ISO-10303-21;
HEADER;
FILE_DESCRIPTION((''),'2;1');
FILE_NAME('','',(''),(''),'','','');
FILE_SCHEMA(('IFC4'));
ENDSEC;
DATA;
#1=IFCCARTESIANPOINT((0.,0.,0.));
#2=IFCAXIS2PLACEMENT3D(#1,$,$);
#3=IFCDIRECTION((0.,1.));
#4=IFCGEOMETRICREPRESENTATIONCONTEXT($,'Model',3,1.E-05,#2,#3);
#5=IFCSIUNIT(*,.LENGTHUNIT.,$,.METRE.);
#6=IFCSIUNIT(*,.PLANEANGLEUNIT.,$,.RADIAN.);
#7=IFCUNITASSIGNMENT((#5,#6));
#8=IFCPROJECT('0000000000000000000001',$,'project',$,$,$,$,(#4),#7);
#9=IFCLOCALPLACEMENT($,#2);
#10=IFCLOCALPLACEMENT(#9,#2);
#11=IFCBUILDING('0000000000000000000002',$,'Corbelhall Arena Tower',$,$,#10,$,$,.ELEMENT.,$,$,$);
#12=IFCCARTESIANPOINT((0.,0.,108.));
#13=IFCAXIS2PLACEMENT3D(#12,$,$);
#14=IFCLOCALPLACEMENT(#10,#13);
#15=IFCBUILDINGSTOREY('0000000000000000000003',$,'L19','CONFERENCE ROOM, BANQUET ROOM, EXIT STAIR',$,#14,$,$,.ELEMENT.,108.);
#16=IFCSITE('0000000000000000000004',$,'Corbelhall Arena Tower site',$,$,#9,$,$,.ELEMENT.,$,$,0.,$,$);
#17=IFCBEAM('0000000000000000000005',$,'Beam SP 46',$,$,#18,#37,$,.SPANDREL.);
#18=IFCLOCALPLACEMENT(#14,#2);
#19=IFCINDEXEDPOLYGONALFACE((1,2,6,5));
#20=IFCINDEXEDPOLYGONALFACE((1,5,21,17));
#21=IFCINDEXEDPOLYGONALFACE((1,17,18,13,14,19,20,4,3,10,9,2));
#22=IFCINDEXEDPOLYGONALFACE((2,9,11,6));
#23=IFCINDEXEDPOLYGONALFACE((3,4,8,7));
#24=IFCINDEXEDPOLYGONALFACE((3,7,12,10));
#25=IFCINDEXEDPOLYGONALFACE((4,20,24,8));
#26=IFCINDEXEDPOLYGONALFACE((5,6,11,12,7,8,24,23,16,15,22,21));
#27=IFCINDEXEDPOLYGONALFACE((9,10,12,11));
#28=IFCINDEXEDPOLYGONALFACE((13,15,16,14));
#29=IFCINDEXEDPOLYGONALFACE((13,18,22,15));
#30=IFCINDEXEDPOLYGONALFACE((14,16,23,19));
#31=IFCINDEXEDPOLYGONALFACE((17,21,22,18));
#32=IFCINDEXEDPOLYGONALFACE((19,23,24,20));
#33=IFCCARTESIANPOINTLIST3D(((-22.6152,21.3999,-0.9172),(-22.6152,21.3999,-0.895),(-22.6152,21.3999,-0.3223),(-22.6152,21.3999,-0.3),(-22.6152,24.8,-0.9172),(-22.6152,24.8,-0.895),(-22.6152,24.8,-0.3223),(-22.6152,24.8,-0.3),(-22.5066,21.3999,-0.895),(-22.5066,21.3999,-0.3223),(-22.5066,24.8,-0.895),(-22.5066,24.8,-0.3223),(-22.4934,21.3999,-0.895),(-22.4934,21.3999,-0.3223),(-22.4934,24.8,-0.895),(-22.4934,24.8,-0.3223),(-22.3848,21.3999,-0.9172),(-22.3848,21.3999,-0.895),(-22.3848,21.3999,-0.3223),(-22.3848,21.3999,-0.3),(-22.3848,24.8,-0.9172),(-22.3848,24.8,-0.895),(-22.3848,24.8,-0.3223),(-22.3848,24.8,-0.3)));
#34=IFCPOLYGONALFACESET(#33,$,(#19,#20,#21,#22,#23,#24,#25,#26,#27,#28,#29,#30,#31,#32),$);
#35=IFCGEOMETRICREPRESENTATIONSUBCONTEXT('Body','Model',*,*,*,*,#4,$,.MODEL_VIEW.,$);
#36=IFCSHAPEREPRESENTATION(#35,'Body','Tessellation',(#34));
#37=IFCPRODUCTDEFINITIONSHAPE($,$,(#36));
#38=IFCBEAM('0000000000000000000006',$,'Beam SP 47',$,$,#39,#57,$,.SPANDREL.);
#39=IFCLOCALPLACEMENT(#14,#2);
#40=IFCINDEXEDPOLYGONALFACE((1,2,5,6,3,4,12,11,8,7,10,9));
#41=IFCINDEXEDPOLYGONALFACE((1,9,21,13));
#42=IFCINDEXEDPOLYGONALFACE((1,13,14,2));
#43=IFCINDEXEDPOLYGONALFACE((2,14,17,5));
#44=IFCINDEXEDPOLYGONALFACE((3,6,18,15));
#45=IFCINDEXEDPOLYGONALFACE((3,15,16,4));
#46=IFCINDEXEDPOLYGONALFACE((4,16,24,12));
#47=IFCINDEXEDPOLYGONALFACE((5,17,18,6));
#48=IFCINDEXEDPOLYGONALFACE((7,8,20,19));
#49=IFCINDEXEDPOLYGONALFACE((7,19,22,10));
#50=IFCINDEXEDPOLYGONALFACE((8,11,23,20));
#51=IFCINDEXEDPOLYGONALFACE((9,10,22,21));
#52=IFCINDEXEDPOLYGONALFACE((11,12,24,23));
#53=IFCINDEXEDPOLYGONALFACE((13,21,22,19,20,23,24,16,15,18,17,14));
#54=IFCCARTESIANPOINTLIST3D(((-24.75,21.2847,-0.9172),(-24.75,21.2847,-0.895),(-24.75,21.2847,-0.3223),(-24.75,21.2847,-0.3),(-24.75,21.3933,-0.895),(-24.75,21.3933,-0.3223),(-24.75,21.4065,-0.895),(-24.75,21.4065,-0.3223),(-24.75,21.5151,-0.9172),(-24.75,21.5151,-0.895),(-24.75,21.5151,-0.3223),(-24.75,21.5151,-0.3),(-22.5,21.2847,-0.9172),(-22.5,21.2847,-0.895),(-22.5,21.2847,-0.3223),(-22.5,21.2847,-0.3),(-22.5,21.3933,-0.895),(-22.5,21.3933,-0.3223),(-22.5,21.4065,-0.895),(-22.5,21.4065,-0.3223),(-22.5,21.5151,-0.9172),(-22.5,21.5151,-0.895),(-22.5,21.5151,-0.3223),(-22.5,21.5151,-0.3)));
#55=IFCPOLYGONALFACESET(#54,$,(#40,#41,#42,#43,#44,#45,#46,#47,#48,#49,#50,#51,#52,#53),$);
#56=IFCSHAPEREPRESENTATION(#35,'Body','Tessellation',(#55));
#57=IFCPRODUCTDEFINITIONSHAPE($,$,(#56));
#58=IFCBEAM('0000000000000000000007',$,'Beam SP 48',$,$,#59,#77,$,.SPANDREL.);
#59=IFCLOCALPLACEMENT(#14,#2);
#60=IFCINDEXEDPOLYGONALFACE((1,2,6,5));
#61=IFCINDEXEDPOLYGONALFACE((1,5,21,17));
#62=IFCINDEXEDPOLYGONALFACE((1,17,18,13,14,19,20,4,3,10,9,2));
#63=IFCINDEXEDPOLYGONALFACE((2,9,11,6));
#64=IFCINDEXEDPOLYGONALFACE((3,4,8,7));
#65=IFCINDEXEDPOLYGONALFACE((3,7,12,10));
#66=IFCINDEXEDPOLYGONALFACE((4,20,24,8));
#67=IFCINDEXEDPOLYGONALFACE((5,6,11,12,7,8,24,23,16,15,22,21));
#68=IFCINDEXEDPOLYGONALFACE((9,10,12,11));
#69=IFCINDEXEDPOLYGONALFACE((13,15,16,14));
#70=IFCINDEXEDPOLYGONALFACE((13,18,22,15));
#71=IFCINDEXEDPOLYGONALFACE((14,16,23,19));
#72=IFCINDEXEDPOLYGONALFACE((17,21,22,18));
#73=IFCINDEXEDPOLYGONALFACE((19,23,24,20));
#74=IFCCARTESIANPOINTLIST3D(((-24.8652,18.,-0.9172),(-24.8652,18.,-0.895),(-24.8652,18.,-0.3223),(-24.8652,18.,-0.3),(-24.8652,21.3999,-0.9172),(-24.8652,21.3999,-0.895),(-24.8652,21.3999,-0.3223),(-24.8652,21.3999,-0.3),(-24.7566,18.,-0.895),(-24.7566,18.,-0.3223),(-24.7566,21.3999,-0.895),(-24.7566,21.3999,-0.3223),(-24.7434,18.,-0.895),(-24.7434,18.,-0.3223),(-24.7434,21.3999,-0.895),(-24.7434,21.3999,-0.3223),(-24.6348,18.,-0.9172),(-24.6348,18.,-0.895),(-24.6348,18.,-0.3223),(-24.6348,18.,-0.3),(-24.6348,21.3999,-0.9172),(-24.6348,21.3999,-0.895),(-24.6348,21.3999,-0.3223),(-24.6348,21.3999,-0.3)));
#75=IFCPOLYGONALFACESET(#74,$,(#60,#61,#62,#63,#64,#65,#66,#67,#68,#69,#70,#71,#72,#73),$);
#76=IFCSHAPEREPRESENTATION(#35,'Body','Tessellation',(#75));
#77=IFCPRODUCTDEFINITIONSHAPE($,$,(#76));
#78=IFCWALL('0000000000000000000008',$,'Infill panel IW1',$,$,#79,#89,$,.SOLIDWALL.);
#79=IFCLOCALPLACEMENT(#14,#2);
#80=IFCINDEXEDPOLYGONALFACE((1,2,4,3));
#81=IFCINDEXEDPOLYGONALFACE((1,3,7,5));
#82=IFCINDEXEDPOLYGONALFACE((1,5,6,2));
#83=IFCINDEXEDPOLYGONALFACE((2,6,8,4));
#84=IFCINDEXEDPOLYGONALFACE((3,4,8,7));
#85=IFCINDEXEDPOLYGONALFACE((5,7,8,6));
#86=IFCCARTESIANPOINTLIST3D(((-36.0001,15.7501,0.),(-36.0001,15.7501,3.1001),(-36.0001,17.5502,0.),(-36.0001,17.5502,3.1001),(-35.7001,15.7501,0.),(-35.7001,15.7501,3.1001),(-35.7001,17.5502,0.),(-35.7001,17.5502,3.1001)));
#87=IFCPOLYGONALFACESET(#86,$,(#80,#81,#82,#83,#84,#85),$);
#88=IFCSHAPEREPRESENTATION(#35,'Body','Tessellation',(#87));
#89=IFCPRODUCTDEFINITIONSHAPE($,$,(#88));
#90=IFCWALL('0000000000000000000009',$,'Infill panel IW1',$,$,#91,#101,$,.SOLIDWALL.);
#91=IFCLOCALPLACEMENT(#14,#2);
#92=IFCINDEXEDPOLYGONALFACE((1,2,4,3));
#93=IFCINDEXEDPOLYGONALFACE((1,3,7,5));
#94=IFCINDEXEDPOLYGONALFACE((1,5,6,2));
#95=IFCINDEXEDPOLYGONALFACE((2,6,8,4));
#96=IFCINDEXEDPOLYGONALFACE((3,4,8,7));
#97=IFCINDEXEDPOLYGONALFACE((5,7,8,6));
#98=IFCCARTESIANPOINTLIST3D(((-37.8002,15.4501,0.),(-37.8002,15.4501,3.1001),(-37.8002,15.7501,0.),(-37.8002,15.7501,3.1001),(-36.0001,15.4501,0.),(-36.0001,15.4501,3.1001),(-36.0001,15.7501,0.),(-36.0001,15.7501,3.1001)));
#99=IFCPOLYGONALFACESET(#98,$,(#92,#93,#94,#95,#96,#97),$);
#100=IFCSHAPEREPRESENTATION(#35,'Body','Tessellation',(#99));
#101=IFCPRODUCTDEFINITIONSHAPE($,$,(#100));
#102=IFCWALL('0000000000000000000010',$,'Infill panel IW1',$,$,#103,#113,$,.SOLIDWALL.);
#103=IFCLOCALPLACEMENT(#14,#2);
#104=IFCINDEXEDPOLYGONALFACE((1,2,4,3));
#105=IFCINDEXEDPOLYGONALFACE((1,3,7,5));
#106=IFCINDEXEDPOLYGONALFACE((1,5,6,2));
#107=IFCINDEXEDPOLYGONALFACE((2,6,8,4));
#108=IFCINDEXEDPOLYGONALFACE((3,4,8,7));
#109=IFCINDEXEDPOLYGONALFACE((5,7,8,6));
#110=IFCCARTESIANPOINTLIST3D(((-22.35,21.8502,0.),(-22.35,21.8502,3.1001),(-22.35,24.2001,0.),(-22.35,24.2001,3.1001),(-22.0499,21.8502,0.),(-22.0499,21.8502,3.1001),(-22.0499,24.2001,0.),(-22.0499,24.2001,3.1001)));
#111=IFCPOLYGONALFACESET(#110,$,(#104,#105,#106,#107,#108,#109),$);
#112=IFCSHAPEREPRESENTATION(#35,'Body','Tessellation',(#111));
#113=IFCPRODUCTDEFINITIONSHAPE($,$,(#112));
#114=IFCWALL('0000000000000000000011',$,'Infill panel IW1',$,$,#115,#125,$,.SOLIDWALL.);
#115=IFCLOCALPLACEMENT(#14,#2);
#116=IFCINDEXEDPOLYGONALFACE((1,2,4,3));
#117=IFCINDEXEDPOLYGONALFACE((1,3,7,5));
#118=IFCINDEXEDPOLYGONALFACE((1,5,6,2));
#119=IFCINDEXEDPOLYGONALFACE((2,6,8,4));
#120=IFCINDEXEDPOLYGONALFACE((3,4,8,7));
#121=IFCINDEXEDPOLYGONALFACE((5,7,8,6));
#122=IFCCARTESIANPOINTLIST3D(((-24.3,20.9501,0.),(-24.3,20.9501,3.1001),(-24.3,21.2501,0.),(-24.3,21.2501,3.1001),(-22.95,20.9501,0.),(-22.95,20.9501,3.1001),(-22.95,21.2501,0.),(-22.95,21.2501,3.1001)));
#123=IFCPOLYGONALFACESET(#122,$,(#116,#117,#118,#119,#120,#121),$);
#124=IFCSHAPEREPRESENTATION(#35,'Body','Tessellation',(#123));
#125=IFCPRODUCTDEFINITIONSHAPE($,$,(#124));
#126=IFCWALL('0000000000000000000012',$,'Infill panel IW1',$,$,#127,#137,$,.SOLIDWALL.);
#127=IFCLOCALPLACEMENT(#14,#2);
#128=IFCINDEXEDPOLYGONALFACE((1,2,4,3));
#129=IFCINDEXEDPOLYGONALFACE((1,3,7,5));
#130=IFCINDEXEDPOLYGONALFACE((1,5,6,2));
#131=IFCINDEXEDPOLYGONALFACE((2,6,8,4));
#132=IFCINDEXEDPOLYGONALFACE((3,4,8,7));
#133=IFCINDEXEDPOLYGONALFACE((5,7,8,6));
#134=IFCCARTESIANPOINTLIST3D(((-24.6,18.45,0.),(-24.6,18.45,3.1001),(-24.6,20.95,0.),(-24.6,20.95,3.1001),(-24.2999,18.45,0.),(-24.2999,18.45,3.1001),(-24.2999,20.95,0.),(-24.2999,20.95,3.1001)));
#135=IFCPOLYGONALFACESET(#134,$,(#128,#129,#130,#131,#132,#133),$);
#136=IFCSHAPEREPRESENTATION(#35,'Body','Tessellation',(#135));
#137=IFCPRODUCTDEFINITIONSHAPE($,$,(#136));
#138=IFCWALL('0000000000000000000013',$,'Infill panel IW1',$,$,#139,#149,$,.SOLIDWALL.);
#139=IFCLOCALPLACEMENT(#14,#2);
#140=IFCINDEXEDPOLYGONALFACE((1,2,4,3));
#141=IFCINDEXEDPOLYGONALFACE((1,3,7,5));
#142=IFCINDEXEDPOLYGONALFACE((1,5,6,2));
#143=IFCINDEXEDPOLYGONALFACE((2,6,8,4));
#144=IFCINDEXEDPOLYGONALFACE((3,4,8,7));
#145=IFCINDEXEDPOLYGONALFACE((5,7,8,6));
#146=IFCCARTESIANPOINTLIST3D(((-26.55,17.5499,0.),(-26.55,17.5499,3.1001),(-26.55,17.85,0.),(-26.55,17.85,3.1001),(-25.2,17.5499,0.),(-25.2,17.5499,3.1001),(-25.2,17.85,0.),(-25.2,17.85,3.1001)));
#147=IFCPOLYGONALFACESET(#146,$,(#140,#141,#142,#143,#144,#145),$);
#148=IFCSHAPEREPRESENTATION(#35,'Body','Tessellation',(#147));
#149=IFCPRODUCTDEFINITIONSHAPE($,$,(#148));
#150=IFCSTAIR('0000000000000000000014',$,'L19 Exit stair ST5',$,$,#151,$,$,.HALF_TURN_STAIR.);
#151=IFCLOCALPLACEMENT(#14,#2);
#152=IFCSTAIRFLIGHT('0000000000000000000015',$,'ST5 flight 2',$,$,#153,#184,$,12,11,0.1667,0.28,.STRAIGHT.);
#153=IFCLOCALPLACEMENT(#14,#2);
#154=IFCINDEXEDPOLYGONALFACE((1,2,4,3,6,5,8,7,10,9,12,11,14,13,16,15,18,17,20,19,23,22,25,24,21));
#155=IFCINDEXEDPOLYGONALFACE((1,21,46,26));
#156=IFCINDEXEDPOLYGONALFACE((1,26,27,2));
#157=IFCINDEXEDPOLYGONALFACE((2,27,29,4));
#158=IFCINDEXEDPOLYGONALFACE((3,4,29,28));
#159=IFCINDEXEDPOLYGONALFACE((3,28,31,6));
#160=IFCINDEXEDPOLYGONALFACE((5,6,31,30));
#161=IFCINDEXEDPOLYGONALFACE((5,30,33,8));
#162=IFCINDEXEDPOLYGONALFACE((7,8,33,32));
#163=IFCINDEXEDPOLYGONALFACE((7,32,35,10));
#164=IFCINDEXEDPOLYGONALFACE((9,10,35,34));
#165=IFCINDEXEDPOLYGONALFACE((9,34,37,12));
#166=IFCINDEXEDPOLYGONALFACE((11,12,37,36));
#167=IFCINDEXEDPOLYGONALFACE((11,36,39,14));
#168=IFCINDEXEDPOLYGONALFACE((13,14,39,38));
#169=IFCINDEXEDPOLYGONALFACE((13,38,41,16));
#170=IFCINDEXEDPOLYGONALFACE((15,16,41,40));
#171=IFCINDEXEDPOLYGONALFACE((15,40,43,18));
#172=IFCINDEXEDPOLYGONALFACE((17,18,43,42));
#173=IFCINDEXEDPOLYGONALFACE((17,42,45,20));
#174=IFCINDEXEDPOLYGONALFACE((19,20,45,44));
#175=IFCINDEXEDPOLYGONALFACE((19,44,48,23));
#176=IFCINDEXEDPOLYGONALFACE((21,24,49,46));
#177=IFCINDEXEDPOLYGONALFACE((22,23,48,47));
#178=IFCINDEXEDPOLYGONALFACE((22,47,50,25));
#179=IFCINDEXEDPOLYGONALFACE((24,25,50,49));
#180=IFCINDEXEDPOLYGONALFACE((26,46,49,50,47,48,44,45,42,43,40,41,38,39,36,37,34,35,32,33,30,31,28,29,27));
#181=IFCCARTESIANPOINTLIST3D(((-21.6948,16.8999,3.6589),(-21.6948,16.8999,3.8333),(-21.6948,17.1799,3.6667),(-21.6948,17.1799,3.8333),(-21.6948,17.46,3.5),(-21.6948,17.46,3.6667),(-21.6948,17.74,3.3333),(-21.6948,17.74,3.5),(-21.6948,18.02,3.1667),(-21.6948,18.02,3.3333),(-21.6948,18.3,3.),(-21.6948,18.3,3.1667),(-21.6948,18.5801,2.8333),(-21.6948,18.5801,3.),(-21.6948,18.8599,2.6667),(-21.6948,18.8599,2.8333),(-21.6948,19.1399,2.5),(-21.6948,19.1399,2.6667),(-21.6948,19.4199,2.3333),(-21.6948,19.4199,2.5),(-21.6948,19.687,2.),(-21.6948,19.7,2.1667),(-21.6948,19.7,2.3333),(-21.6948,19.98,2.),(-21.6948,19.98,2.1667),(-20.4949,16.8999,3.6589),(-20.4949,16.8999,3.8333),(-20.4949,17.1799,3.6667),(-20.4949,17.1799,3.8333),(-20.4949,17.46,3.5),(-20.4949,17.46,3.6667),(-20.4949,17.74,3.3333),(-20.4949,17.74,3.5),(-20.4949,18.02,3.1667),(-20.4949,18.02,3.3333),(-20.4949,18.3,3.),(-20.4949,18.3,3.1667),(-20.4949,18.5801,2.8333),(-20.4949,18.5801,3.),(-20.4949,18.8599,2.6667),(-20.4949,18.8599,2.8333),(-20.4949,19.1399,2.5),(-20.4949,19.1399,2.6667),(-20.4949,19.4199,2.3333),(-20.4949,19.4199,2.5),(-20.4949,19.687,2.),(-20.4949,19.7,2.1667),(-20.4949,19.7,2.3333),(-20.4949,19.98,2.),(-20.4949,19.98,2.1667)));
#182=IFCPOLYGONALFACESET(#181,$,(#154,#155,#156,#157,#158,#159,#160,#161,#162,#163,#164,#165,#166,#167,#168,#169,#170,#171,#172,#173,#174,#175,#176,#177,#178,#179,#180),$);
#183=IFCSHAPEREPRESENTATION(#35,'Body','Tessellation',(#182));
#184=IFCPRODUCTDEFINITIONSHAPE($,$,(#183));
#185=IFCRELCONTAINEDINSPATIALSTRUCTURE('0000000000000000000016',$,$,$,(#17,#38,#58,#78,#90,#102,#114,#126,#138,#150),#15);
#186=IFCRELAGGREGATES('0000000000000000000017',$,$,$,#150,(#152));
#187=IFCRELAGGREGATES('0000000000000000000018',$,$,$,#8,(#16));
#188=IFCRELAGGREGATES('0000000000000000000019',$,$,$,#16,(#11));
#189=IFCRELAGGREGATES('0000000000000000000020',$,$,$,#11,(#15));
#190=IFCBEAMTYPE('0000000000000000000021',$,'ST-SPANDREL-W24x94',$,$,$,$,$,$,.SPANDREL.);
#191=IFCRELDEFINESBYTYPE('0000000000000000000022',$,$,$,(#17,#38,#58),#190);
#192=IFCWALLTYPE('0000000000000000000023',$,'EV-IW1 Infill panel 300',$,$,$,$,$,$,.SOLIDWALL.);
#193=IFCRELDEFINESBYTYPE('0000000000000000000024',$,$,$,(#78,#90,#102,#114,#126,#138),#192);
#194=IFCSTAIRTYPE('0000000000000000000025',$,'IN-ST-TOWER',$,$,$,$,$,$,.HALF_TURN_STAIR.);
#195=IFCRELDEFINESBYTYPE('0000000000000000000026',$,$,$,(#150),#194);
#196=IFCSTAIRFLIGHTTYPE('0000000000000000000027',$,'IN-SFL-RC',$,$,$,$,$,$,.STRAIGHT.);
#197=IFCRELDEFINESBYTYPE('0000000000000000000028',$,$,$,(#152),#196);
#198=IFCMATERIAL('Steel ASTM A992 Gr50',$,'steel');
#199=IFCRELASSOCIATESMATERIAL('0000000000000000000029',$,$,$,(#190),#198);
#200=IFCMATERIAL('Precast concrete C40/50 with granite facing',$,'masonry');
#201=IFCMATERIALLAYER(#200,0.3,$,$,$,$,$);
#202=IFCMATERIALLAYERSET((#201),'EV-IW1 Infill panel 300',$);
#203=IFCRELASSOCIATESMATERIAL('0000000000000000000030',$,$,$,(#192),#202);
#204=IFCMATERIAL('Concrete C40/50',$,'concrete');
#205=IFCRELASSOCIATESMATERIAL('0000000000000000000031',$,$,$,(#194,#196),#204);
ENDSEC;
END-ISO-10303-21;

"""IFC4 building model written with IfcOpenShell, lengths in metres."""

from ifc_helpers import new_model, si_unit, direction, frame, frame_2d, origin, origin_2d, place, context, subcontext, project, spatial, polyline, rectangle, i_section, outline, extrude, material, layer, layer_set, material_profile, profile_set, type_object, element, aggregate, save


model = new_model("IFC4")

# Units and contexts
model_context = context("Model", 3, precision=1e-05, world=origin(), true_north=direction((0.0, 1.0)))
body_context = subcontext(model_context, "Body", "Model", "MODEL_VIEW")
ifc_project = project(units=[si_unit("LENGTHUNIT", "METRE"), si_unit("PLANEANGLEUNIT", "RADIAN")], contexts=[model_context])

# Site, building, storey
site_placement = place(None, origin())
site = spatial("IfcSite", under=ifc_project, at=site_placement, Name="Corbelhall Arena Tower site", CompositionType="ELEMENT", RefElevation=0.0)
building_placement = place(site_placement, origin())
building = spatial("IfcBuilding", under=site, at=building_placement, Name="Corbelhall Arena Tower", CompositionType="ELEMENT")
storey_placement = place(building_placement, frame((0.0, 0.0, 108.0)))
storey = spatial("IfcBuildingStorey", under=building, at=storey_placement, Name="L19", Description="CONFERENCE ROOM, BANQUET ROOM, EXIT STAIR", CompositionType="ELEMENT", Elevation=108.0)

# Beams
ifc_material_1 = material(Name="Steel ASTM A992 Gr50", Category="steel")
ifc_material_profile_1 = material_profile(ifc_material_1, i_section(OverallWidth=0.2305, OverallDepth=0.6172, WebThickness=0.0132, FlangeThickness=0.0222, at=origin_2d()))
ifc_profile_set_1 = profile_set([ifc_material_profile_1], Name="Steel ASTM A992 Gr50")
beam_type = type_object("IfcBeamType", Name="ST-SPANDREL-W24x94", PredefinedType="SPANDREL", material=ifc_profile_set_1)
beam_1_placement = place(storey_placement, frame((-22.5, 21.3999, -0.6086), z_axis=(0.0, 1.0, 0.0), x_axis=(-1.0, 0.0, 0.0)))
element("IfcBeam", 1, at=beam_1_placement, inside=storey, type_object=beam_type, Name="Beam SP 46", PredefinedType="SPANDREL", context=body_context, shape_type="SweptSolid", body=[
    extrude(i_section(OverallWidth=0.2305, OverallDepth=0.6172, WebThickness=0.0132, FlangeThickness=0.0222, at=origin_2d()), origin(), (0.0, 0.0, 1.0), 3.4001),
])
beam_2_placement = place(storey_placement, frame((-24.75, 21.3999, -0.6086), z_axis=(1.0, 0.0, 0.0), x_axis=(0.0, 1.0, 0.0)))
element("IfcBeam", 2, at=beam_2_placement, inside=storey, type_object=beam_type, Name="Beam SP 47", PredefinedType="SPANDREL", context=body_context, shape_type="SweptSolid", body=[
    extrude(i_section(OverallWidth=0.2305, OverallDepth=0.6172, WebThickness=0.0132, FlangeThickness=0.0222, at=origin_2d()), origin(), (0.0, 0.0, 1.0), 2.25),
])
beam_3_placement = place(storey_placement, frame((-24.75, 18.0, -0.6086), z_axis=(0.0, 1.0, 0.0), x_axis=(-1.0, 0.0, 0.0)))
element("IfcBeam", 3, at=beam_3_placement, inside=storey, type_object=beam_type, Name="Beam SP 48", PredefinedType="SPANDREL", context=body_context, shape_type="SweptSolid", body=[
    extrude(i_section(OverallWidth=0.2305, OverallDepth=0.6172, WebThickness=0.0132, FlangeThickness=0.0222, at=origin_2d()), origin(), (0.0, 0.0, 1.0), 3.3999),
])

# Walls
ifc_material_2 = material(Name="Precast concrete C40/50 with granite facing", Category="masonry")
ifc_layer_1 = layer(ifc_material_2, 0.3)
ifc_layer_set_1 = layer_set([ifc_layer_1], Name="EV-IW1 Infill panel 300")
wall_type_1 = type_object("IfcWallType", Name="EV-IW1 Infill panel 300", PredefinedType="SOLIDWALL", material=ifc_layer_set_1)
for number, where, z_axis, x_axis, name in (
    (4, (-35.8501, 17.55, 0.0), (0.0, 0.0, 1.0), (0.0, -1.0, 0.0), "Infill panel IW1"),
    (5, (-37.8, 15.6001, 0.0), (0.0, 0.0, 1.0), (1.0, 0.0, 0.0), "Infill panel IW1"),
):
    element("IfcWall", number, at=place(storey_placement, frame(where, z_axis=z_axis, x_axis=x_axis)), inside=storey, type_object=wall_type_1, Name=name, PredefinedType="SOLIDWALL", context=body_context, shape_type="SweptSolid", body=[
        extrude(rectangle(XDim=1.8, YDim=0.3, at=frame_2d((0.8999, 0.0))), origin(), (0.0, 0.0, 1.0), 3.1001),
    ])
wall_1_placement = place(storey_placement, frame((-22.2, 24.2, 0.0), z_axis=(0.0, 0.0, 1.0), x_axis=(0.0, -1.0, 0.0)))
element("IfcWall", 6, at=wall_1_placement, inside=storey, type_object=wall_type_1, Name="Infill panel IW1", PredefinedType="SOLIDWALL", context=body_context, shape_type="SweptSolid", body=[
    extrude(rectangle(XDim=2.3499, YDim=0.3, at=frame_2d((1.1748, 0.0))), origin(), (0.0, 0.0, 1.0), 3.1001),
])
wall_2_placement = place(storey_placement, frame((-22.95, 21.1001, 0.0), z_axis=(0.0, 0.0, 1.0), x_axis=(-1.0, 0.0, 0.0)))
element("IfcWall", 7, at=wall_2_placement, inside=storey, type_object=wall_type_1, Name="Infill panel IW1", PredefinedType="SOLIDWALL", context=body_context, shape_type="SweptSolid", body=[
    extrude(rectangle(XDim=1.3501, YDim=0.3, at=frame_2d((0.675, 0.0))), origin(), (0.0, 0.0, 1.0), 3.1001),
])
wall_3_placement = place(storey_placement, frame((-24.45, 20.95, 0.0), z_axis=(0.0, 0.0, 1.0), x_axis=(0.0, -1.0, 0.0)))
element("IfcWall", 8, at=wall_3_placement, inside=storey, type_object=wall_type_1, Name="Infill panel IW1", PredefinedType="SOLIDWALL", context=body_context, shape_type="SweptSolid", body=[
    extrude(rectangle(XDim=2.5, YDim=0.3, at=frame_2d((1.25, 0.0))), origin(), (0.0, 0.0, 1.0), 3.1001),
])
wall_4_placement = place(storey_placement, frame((-25.2, 17.7, 0.0), z_axis=(0.0, 0.0, 1.0), x_axis=(-1.0, 0.0, 0.0)))
element("IfcWall", 9, at=wall_4_placement, inside=storey, type_object=wall_type_1, Name="Infill panel IW1", PredefinedType="SOLIDWALL", context=body_context, shape_type="SweptSolid", body=[
    extrude(rectangle(XDim=1.3501, YDim=0.3, at=frame_2d((0.675, 0.0))), origin(), (0.0, 0.0, 1.0), 3.1001),
])

# Shared definitions
ifc_material_3 = material(Name="Concrete C40/50", Category="concrete")

# Stair, stair flight
stair_type = type_object("IfcStairType", Name="IN-ST-TOWER", PredefinedType="HALF_TURN_STAIR", material=ifc_material_3)
stair_placement = place(storey_placement, origin())
stair = element("IfcStair", 10, at=stair_placement, inside=storey, type_object=stair_type, Name="L19 Exit stair ST5", PredefinedType="HALF_TURN_STAIR")
stair_flight_type = type_object("IfcStairFlightType", Name="IN-SFL-RC", PredefinedType="STRAIGHT", material=ifc_material_3)
stair_flight_placement = place(storey_placement, frame((-21.095, 19.98, 2.0), z_axis=(0.0, 0.0, 1.0), x_axis=(0.0, -1.0, 0.0)))
stair_flight = element("IfcStairFlight", 11, at=stair_flight_placement, type_object=stair_flight_type, Name="ST5 flight 2", NumberOfRisers=12, NumberOfTreads=11, PredefinedType="STRAIGHT", RiserHeight=0.1667, TreadLength=0.28, context=body_context, shape_type="SweptSolid", body=[
    extrude(outline(polyline([(0.0, 0.0), (0.0, 0.1667), (0.28, 0.1667), (0.28, 0.3333), (0.5601, 0.3333), (0.5601, 0.5), (0.8401, 0.5), (0.8401, 0.6667), (1.1201, 0.6667), (1.1201, 0.8333), (1.3999, 0.8333), (1.3999, 1.0), (1.6799, 1.0), (1.6799, 1.1667), (1.96, 1.1667), (1.96, 1.3333), (2.24, 1.3333), (2.24, 1.5), (2.52, 1.5), (2.52, 1.6667), (2.8, 1.6667), (2.8, 1.8333), (3.0801, 1.8333), (3.0801, 2.0), (3.0801, 1.6589), (0.293, 0.0), (0.0, 0.0)])), frame((0.0, 0.6001, 0.0), z_axis=(0.0, -1.0, 0.0), x_axis=(1.0, 0.0, 0.0)), (0.0, 0.0, 1.0), 1.2),
])
aggregate(stair, [stair_flight])

save(model, "model.ifc")
